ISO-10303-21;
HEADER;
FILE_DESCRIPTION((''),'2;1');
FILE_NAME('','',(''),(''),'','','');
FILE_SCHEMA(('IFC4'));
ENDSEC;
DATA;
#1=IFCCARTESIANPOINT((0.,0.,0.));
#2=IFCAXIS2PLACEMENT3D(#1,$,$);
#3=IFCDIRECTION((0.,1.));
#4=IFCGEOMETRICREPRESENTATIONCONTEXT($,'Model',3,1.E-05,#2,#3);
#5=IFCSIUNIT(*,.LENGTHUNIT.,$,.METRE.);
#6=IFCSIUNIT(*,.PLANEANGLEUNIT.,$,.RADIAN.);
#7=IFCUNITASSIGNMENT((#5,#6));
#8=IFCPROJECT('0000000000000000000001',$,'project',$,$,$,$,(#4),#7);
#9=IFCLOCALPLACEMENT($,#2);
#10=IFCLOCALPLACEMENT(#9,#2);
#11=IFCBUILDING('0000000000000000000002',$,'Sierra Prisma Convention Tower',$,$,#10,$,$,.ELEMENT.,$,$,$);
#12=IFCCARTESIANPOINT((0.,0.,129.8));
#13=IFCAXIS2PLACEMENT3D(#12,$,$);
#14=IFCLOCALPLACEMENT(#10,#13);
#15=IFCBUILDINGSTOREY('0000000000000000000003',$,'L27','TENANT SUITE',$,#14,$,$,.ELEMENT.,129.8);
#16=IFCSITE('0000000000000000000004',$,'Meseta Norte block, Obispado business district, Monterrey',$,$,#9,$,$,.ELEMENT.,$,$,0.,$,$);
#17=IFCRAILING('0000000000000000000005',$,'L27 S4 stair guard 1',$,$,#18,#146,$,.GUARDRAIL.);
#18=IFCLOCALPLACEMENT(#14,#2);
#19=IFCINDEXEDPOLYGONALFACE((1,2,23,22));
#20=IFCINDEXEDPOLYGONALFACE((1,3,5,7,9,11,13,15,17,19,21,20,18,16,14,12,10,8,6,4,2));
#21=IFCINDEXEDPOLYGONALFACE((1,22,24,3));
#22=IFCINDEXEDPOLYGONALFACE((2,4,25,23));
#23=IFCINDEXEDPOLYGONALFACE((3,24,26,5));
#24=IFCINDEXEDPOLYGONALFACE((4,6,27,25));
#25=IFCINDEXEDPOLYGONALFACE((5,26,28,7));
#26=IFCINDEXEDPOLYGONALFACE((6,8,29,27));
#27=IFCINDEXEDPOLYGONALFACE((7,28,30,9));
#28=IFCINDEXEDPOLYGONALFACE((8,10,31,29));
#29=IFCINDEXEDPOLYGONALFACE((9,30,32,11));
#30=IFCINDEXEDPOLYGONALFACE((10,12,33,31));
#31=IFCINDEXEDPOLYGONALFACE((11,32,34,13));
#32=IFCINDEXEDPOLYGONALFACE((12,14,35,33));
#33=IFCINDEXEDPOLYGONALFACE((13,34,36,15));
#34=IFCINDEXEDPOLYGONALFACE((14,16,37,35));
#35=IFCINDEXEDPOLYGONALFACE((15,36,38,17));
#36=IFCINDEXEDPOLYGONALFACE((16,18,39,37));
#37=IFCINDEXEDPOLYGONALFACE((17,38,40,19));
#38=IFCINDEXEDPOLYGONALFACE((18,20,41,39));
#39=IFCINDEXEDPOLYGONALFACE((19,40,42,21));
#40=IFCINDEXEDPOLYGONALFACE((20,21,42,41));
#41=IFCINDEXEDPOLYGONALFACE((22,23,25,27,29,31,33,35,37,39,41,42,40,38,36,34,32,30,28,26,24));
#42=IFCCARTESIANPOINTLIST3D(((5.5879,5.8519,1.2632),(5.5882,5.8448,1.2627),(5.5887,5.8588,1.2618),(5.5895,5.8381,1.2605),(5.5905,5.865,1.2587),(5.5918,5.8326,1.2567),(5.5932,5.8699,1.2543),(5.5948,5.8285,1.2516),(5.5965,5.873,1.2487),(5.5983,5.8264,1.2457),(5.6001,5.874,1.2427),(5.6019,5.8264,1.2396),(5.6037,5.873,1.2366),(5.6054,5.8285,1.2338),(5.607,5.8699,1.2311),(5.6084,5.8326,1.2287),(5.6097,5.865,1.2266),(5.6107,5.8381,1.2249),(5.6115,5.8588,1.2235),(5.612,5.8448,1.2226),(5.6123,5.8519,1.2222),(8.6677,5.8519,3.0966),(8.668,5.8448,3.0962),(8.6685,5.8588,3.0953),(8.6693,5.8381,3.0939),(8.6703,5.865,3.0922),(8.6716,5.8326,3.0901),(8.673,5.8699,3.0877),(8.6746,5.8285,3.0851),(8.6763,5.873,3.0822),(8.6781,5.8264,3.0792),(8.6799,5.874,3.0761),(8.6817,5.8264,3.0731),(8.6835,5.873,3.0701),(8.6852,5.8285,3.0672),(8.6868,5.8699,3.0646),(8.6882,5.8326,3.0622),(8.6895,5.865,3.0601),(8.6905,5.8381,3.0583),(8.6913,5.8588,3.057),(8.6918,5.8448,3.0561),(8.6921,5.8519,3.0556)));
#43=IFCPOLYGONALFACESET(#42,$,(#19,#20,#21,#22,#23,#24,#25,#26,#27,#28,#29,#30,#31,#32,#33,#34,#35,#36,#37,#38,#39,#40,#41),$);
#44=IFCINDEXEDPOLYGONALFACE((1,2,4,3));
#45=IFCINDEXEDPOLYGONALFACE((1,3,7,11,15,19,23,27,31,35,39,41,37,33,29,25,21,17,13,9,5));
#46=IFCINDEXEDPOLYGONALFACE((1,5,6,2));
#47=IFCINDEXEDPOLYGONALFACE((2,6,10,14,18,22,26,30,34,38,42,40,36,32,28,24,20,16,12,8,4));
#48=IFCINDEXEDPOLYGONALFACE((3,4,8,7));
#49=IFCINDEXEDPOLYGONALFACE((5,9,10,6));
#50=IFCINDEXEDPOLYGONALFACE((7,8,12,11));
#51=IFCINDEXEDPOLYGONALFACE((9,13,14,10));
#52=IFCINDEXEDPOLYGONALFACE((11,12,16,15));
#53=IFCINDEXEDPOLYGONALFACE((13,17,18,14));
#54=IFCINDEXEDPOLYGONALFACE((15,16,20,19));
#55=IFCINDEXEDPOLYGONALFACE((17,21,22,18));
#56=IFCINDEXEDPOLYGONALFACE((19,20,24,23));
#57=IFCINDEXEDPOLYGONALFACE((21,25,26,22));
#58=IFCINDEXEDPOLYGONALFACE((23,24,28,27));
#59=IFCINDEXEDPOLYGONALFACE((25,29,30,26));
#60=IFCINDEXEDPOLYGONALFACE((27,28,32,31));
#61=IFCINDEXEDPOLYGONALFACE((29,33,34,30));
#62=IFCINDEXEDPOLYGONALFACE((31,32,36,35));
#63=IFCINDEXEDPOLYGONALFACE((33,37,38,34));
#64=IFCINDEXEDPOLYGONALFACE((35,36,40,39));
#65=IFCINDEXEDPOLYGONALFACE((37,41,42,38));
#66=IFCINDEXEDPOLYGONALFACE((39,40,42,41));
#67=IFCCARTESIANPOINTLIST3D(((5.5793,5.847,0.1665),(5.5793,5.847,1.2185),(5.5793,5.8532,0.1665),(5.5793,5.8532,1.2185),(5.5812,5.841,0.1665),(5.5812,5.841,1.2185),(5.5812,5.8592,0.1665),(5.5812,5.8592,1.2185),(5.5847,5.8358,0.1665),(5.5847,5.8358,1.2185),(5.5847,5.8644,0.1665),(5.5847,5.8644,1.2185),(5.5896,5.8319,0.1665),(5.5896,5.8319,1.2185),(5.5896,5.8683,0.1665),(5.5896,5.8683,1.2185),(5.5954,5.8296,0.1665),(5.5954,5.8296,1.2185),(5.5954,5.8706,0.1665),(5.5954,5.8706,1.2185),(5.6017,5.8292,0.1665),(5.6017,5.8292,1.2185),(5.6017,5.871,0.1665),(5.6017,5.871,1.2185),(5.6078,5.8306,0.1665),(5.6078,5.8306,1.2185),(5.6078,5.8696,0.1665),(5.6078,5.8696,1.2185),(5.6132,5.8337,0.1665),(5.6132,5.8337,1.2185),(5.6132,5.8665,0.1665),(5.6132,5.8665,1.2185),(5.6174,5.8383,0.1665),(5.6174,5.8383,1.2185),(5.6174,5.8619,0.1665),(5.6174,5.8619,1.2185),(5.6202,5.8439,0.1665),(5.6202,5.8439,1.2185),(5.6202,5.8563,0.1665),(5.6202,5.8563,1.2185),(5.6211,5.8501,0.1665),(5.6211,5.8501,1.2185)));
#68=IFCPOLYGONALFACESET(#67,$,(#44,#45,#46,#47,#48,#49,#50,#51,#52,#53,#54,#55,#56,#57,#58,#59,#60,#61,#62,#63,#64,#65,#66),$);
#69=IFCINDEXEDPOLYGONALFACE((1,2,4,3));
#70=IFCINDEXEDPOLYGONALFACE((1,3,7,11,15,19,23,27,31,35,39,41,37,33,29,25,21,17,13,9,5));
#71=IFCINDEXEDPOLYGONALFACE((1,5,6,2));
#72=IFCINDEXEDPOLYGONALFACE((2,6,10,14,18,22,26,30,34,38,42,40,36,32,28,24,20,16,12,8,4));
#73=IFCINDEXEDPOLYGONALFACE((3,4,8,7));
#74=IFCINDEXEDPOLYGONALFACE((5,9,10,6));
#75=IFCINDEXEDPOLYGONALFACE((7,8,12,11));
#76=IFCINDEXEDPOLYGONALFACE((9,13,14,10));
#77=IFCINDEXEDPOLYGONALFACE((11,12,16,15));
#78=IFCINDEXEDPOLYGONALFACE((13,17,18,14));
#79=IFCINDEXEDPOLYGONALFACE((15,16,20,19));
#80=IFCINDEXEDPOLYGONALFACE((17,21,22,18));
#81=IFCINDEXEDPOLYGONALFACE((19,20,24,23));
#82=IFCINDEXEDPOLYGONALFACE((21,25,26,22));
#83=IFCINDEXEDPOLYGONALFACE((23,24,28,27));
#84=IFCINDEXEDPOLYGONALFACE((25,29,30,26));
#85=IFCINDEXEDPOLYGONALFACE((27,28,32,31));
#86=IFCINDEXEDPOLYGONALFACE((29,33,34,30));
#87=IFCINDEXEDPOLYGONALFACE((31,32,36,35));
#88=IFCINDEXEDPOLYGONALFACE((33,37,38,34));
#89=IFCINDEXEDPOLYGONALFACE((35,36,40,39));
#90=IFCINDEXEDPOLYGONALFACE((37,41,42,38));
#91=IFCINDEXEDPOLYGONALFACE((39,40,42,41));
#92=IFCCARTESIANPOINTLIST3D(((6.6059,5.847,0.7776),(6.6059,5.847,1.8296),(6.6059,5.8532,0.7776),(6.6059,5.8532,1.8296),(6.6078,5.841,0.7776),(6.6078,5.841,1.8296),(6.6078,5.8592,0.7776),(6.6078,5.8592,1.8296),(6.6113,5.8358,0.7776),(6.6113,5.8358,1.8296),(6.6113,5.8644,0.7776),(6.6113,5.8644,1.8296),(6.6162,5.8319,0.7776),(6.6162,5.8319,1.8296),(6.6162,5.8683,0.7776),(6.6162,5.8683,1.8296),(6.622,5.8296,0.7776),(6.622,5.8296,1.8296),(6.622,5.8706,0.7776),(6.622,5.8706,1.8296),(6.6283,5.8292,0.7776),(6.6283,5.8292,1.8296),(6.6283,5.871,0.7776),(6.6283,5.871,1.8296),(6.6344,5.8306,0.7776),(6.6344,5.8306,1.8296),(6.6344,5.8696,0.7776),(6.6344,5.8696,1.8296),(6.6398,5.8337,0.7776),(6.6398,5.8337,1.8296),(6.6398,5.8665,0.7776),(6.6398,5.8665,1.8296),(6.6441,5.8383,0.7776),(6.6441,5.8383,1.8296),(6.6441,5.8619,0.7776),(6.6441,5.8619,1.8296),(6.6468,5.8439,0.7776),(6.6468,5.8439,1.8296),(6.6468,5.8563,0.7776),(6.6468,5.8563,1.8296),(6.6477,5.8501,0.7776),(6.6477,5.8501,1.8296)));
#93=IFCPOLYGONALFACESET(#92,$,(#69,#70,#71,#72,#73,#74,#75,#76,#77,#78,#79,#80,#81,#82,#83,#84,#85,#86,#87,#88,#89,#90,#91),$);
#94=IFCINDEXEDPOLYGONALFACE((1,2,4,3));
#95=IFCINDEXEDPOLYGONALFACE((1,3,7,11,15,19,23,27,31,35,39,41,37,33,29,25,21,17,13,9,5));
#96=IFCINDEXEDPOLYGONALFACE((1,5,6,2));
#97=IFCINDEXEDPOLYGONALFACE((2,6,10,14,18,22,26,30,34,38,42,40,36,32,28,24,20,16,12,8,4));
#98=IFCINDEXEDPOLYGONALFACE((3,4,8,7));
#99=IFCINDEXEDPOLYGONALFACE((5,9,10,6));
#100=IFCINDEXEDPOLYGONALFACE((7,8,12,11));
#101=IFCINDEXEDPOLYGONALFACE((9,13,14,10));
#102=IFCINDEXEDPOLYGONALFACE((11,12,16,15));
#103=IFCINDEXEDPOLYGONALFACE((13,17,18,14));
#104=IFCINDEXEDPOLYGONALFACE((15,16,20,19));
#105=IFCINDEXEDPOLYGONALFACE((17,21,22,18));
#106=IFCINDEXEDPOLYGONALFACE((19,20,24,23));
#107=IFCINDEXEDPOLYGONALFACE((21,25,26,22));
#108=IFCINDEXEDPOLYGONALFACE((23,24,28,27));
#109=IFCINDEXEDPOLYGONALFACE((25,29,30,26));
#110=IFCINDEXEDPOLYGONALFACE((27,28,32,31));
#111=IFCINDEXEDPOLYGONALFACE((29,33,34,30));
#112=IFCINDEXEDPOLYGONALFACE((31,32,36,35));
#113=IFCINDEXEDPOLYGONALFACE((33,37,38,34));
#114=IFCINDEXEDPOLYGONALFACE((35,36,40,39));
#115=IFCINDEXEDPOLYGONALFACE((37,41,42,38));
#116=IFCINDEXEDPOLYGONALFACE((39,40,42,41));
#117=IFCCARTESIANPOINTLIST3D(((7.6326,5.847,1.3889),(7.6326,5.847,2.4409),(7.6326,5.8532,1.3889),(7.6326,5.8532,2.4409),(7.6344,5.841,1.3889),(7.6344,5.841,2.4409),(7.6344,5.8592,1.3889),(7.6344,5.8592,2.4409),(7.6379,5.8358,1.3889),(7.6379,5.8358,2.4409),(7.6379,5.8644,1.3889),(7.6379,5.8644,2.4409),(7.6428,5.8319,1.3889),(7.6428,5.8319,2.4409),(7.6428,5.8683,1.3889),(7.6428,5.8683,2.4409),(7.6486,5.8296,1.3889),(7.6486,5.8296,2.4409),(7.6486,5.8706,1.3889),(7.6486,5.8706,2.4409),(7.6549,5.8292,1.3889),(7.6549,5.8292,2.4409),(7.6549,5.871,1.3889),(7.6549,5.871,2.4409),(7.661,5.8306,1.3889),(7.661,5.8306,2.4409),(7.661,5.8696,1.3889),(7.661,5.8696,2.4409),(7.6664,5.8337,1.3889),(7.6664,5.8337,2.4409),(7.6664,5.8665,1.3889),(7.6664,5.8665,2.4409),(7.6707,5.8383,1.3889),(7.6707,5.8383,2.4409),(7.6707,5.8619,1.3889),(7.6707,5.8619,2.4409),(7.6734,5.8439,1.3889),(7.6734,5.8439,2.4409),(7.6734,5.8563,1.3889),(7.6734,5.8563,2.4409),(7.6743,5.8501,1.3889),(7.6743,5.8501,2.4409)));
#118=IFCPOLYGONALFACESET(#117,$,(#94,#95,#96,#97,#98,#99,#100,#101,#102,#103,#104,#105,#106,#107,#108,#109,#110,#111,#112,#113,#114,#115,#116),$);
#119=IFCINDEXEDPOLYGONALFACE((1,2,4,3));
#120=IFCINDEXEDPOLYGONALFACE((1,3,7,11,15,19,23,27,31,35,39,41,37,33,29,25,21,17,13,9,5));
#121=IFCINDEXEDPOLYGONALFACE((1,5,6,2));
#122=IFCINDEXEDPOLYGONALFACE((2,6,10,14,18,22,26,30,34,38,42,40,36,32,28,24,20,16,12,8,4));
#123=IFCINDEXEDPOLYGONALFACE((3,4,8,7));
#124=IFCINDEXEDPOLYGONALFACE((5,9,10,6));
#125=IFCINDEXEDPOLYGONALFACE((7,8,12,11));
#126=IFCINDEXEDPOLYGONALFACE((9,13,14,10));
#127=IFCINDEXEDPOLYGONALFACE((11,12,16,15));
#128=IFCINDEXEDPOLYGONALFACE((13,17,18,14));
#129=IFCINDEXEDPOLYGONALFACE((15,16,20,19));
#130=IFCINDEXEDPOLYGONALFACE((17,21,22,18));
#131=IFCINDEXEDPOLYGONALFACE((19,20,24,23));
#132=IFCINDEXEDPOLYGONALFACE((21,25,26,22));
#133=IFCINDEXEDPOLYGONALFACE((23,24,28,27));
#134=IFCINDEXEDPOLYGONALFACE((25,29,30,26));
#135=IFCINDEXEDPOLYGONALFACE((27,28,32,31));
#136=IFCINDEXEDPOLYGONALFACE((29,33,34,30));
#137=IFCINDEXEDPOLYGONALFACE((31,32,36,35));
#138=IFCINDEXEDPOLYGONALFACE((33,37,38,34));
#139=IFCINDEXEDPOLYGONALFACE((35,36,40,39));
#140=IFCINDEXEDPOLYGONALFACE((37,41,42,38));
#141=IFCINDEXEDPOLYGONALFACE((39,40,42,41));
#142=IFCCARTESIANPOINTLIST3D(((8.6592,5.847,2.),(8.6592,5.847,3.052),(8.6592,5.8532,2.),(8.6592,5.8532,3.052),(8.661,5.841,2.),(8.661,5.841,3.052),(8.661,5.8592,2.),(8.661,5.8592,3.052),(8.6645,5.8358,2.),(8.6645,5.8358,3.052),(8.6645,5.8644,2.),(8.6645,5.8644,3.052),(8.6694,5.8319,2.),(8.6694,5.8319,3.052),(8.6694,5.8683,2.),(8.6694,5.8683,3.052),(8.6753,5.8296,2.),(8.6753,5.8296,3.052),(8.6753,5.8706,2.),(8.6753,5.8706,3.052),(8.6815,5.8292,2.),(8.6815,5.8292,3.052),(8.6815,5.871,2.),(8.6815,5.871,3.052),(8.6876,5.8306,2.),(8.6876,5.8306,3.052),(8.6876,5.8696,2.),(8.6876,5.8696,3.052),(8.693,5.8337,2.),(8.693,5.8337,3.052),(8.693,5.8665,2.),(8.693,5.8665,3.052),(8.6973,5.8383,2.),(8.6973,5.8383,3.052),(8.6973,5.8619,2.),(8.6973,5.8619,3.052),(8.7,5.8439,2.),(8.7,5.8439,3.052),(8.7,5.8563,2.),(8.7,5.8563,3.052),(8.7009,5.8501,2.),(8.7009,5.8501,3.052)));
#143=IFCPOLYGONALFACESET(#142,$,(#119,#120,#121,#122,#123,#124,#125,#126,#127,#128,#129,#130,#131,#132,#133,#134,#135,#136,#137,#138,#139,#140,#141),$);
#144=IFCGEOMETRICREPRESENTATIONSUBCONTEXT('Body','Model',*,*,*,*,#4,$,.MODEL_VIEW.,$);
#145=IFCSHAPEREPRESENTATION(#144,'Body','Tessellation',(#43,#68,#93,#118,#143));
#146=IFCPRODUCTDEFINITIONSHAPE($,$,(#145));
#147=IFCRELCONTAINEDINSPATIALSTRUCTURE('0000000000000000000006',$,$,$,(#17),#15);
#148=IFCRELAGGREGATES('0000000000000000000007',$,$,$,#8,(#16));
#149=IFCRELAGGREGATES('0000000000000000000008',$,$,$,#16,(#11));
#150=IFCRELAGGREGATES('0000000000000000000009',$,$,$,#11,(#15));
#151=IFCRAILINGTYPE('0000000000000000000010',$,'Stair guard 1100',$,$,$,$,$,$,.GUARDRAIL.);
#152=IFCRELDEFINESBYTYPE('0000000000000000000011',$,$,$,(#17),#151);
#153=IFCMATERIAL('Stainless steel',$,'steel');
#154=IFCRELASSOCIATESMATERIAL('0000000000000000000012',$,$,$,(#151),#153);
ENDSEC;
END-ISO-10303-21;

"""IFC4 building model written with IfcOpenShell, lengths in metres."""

from ifc_helpers import new_model, si_unit, direction, frame, origin, origin_2d, place, context, subcontext, project, spatial, circle, extrude, material, type_object, element, save


model = new_model("IFC4")

# Units and contexts
model_context = context("Model", 3, precision=1e-05, world=origin(), true_north=direction((0.0, 1.0)))
body_context = subcontext(model_context, "Body", "Model", "MODEL_VIEW")
ifc_project = project(units=[si_unit("LENGTHUNIT", "METRE"), si_unit("PLANEANGLEUNIT", "RADIAN")], contexts=[model_context])

# Site, building, storey
site_placement = place(None, origin())
site = spatial("IfcSite", under=ifc_project, at=site_placement, Name="Meseta Norte block, Obispado business district, Monterrey", CompositionType="ELEMENT", RefElevation=0.0)
building_placement = place(site_placement, origin())
building = spatial("IfcBuilding", under=site, at=building_placement, Name="Sierra Prisma Convention Tower", CompositionType="ELEMENT")
storey_placement = place(building_placement, frame((0.0, 0.0, 129.8)))
storey = spatial("IfcBuildingStorey", under=building, at=storey_placement, Name="L27", Description="TENANT SUITE", CompositionType="ELEMENT", Elevation=129.8)

# Railing
ifc_material_1 = material(Name="Stainless steel", Category="steel")
railing_type_1 = type_object("IfcRailingType", Name="Stair guard 1100", PredefinedType="GUARDRAIL", material=ifc_material_1)
railing_1_placement = place(storey_placement, frame((5.6001, 5.8501, 0.1665)))
element("IfcRailing", 1, at=railing_1_placement, inside=storey, type_object=railing_type_1, Name="L27 S4 stair guard 1", PredefinedType="GUARDRAIL", context=body_context, shape_type="SweptSolid", body=[
    extrude(circle(Radius=0.0239, at=origin_2d()), frame((0.0, 0.0, 1.0762), z_axis=(0.859261, 0.0, 0.511538), x_axis=(0.0, 1.0, 0.0)), (0.0, 0.0, 1.0), 3.5842),
    extrude(circle(Radius=0.021, at=origin_2d()), origin(), (0.0, 0.0, 1.0), 1.052),
    extrude(circle(Radius=0.021, at=origin_2d()), frame((1.0266, 0.0, 0.6111)), (0.0, 0.0, 1.0), 1.052),
    extrude(circle(Radius=0.021, at=origin_2d()), frame((2.0532, 0.0, 1.2224)), (0.0, 0.0, 1.0), 1.052),
    extrude(circle(Radius=0.021, at=origin_2d()), frame((3.0798, 0.0, 1.8335)), (0.0, 0.0, 1.0), 1.052),
])

save(model, "model.ifc")
